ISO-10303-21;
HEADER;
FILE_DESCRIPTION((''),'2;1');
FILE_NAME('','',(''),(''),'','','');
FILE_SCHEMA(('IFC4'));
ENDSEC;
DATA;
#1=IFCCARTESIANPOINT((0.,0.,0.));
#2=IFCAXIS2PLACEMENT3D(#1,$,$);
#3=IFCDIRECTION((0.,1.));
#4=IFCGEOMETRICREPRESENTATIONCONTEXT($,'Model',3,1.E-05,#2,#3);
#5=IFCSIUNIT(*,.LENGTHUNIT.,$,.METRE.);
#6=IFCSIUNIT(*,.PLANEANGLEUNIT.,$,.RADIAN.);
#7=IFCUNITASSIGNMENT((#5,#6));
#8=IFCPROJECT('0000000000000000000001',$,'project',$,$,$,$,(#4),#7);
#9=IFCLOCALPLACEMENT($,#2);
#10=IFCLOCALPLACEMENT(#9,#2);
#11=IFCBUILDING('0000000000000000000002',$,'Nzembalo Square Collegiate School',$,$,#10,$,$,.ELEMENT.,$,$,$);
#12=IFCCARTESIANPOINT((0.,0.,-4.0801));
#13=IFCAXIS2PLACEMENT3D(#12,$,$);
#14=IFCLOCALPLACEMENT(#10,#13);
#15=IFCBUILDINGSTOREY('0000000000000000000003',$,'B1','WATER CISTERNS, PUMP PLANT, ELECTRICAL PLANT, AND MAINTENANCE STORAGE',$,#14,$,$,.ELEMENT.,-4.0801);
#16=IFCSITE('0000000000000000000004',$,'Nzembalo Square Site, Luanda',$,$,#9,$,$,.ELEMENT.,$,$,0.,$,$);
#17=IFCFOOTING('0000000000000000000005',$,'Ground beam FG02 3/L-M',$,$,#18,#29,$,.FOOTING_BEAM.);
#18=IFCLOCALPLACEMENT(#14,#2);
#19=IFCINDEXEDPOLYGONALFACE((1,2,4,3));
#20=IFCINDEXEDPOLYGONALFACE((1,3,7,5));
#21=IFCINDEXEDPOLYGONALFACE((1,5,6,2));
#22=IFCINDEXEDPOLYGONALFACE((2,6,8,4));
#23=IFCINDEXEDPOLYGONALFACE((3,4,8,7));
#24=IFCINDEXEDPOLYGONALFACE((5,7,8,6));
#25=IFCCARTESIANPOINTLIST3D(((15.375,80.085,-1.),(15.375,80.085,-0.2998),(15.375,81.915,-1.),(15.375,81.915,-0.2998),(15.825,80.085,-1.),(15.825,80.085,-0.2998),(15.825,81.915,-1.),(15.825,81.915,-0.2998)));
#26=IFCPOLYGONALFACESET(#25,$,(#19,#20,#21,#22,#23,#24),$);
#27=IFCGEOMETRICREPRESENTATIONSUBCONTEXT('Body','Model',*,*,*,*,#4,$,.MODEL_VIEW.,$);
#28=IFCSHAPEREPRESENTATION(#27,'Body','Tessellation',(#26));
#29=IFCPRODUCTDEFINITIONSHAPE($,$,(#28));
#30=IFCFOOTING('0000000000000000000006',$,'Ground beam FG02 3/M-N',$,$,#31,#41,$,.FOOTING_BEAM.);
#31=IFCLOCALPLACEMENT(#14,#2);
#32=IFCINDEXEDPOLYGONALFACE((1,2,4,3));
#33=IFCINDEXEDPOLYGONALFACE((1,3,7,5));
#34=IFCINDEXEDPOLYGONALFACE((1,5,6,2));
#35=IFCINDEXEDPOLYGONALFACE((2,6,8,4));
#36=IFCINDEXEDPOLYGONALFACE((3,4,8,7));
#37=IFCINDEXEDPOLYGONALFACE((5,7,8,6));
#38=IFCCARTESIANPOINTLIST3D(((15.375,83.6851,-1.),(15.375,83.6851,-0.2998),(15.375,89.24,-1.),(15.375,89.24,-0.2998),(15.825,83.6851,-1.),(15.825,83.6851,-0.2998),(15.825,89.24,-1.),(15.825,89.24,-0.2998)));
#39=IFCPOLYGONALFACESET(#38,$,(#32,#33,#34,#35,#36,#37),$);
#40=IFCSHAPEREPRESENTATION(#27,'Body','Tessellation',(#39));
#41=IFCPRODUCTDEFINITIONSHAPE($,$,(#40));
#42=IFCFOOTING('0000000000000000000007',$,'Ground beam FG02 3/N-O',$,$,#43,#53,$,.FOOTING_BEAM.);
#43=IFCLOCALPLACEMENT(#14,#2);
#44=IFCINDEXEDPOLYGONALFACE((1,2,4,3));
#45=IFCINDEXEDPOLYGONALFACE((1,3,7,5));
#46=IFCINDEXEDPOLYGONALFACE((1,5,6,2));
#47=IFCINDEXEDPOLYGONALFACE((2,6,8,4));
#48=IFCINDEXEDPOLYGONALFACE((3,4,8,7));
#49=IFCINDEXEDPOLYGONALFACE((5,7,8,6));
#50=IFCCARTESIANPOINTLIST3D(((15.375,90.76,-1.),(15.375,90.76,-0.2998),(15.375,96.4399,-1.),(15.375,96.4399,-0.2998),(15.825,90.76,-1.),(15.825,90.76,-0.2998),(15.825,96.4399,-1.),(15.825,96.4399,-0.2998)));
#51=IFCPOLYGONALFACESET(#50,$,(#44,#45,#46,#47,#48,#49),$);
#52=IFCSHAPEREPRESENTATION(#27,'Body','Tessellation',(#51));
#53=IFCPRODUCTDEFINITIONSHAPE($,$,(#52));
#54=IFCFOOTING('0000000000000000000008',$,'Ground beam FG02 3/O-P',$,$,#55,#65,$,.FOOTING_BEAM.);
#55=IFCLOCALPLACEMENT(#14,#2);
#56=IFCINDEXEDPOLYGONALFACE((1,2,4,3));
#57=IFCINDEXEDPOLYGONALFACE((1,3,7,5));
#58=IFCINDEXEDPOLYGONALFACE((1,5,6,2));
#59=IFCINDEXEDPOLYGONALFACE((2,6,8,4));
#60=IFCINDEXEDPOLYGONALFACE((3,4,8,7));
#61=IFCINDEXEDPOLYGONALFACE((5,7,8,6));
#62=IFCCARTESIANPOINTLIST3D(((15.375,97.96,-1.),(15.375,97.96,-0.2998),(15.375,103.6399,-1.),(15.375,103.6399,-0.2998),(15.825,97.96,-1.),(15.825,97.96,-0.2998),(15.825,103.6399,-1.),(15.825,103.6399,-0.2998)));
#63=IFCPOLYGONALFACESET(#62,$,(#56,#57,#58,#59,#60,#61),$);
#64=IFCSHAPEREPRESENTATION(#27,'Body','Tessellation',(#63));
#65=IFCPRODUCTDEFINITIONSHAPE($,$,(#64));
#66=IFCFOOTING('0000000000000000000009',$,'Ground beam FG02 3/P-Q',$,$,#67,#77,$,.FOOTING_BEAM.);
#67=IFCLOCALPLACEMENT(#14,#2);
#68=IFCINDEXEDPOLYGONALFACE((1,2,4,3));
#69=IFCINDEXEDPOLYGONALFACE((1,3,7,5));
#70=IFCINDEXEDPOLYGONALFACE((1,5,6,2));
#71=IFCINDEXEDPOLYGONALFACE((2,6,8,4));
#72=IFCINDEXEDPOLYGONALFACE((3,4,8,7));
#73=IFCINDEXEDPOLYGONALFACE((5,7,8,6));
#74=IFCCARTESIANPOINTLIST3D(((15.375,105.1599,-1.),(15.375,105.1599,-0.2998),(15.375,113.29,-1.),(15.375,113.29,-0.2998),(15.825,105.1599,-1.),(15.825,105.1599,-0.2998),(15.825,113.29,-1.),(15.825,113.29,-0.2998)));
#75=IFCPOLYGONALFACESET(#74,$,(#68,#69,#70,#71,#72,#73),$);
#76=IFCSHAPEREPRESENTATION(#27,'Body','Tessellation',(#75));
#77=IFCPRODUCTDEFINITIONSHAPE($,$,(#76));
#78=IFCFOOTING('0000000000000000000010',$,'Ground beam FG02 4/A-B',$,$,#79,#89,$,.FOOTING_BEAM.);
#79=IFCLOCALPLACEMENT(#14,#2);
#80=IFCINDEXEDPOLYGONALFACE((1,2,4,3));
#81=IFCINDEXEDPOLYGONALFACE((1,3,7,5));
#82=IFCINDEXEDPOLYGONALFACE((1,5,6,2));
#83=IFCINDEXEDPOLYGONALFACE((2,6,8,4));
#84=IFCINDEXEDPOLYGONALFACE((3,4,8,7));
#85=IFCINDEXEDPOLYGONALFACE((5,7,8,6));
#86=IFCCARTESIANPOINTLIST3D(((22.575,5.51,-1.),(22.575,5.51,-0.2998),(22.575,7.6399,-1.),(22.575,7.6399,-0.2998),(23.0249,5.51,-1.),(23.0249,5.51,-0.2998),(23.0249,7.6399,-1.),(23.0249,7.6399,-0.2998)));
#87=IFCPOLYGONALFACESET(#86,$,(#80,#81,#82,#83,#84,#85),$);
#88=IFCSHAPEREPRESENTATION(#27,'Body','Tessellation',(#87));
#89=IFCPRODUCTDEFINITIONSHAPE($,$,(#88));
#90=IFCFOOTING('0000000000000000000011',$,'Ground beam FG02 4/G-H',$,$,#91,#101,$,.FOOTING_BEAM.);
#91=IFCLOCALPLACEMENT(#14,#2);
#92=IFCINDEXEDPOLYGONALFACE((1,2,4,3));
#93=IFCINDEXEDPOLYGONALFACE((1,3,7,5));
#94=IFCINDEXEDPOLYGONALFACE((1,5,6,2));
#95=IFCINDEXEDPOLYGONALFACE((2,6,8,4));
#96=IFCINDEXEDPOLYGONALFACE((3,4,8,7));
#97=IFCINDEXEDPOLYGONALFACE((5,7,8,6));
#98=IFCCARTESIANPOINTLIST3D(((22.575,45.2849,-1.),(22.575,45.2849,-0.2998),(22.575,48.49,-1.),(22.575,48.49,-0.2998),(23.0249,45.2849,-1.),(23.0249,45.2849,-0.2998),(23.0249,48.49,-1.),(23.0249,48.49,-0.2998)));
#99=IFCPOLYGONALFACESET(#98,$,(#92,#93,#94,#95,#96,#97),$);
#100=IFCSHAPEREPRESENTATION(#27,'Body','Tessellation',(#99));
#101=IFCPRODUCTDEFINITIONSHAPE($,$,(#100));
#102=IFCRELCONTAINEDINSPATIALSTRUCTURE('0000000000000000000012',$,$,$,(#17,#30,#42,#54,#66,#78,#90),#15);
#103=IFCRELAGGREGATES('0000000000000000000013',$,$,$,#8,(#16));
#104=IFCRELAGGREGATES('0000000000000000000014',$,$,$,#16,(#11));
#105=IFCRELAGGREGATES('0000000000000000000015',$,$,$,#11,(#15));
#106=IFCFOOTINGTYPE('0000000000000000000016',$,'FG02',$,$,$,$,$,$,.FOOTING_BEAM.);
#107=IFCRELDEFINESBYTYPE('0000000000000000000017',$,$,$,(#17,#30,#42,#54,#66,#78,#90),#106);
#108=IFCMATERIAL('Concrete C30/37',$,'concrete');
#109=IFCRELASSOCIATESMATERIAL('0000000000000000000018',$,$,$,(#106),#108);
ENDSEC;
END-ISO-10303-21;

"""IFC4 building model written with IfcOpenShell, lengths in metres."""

from ifc_helpers import new_model, si_unit, direction, frame, origin, place, context, subcontext, project, spatial, polyline, outline, extrude, material, type_object, element, save


model = new_model("IFC4")

# Units and contexts
model_context = context("Model", 3, precision=1e-05, world=origin(), true_north=direction((0.0, 1.0)))
body_context = subcontext(model_context, "Body", "Model", "MODEL_VIEW")
ifc_project = project(units=[si_unit("LENGTHUNIT", "METRE"), si_unit("PLANEANGLEUNIT", "RADIAN")], contexts=[model_context])

# Site, building, storey
site_placement = place(None, origin())
site = spatial("IfcSite", under=ifc_project, at=site_placement, Name="Nzembalo Square Site, Luanda", CompositionType="ELEMENT", RefElevation=0.0)
building_placement = place(site_placement, origin())
building = spatial("IfcBuilding", under=site, at=building_placement, Name="Nzembalo Square Collegiate School", CompositionType="ELEMENT")
storey_placement = place(building_placement, frame((0.0, 0.0, -4.0801)))
storey = spatial("IfcBuildingStorey", under=building, at=storey_placement, Name="B1", Description="WATER CISTERNS, PUMP PLANT, ELECTRICAL PLANT, AND MAINTENANCE STORAGE", CompositionType="ELEMENT", Elevation=-4.0801)

# Footings
ifc_material = material(Name="Concrete C30/37", Category="concrete")
footing_type = type_object("IfcFootingType", Name="FG02", PredefinedType="FOOTING_BEAM", material=ifc_material)
footing_1_placement = place(storey_placement, frame((0.0, 0.0, -1.0)))
element("IfcFooting", 1, at=footing_1_placement, inside=storey, type_object=footing_type, Name="Ground beam FG02 3/L-M", PredefinedType="FOOTING_BEAM", context=body_context, shape_type="SweptSolid", body=[
    extrude(outline(polyline([(15.375, 80.085), (15.825, 80.085), (15.825, 81.915), (15.375, 81.915), (15.375, 80.085)])), origin(), (0.0, 0.0, 1.0), 0.7002),
])
footing_2_placement = place(storey_placement, frame((0.0, 0.0, -1.0)))
element("IfcFooting", 2, at=footing_2_placement, inside=storey, type_object=footing_type, Name="Ground beam FG02 3/M-N", PredefinedType="FOOTING_BEAM", context=body_context, shape_type="SweptSolid", body=[
    extrude(outline(polyline([(15.375, 83.6851), (15.825, 83.6851), (15.825, 89.24), (15.375, 89.24), (15.375, 83.6851)])), origin(), (0.0, 0.0, 1.0), 0.7002),
])
footing_3_placement = place(storey_placement, frame((0.0, 0.0, -1.0)))
element("IfcFooting", 3, at=footing_3_placement, inside=storey, type_object=footing_type, Name="Ground beam FG02 3/N-O", PredefinedType="FOOTING_BEAM", context=body_context, shape_type="SweptSolid", body=[
    extrude(outline(polyline([(15.375, 90.76), (15.825, 90.76), (15.825, 96.4399), (15.375, 96.4399), (15.375, 90.76)])), origin(), (0.0, 0.0, 1.0), 0.7002),
])
footing_4_placement = place(storey_placement, frame((0.0, 0.0, -1.0)))
element("IfcFooting", 4, at=footing_4_placement, inside=storey, type_object=footing_type, Name="Ground beam FG02 3/O-P", PredefinedType="FOOTING_BEAM", context=body_context, shape_type="SweptSolid", body=[
    extrude(outline(polyline([(15.375, 97.96), (15.825, 97.96), (15.825, 103.6399), (15.375, 103.6399), (15.375, 97.96)])), origin(), (0.0, 0.0, 1.0), 0.7002),
])
footing_5_placement = place(storey_placement, frame((0.0, 0.0, -1.0)))
element("IfcFooting", 5, at=footing_5_placement, inside=storey, type_object=footing_type, Name="Ground beam FG02 3/P-Q", PredefinedType="FOOTING_BEAM", context=body_context, shape_type="SweptSolid", body=[
    extrude(outline(polyline([(15.375, 105.1599), (15.825, 105.1599), (15.825, 113.29), (15.375, 113.29), (15.375, 105.1599)])), origin(), (0.0, 0.0, 1.0), 0.7002),
])
footing_6_placement = place(storey_placement, frame((0.0, 0.0, -1.0)))
element("IfcFooting", 6, at=footing_6_placement, inside=storey, type_object=footing_type, Name="Ground beam FG02 4/A-B", PredefinedType="FOOTING_BEAM", context=body_context, shape_type="SweptSolid", body=[
    extrude(outline(polyline([(22.575, 5.51), (23.0249, 5.51), (23.0249, 7.6399), (22.575, 7.6399), (22.575, 5.51)])), origin(), (0.0, 0.0, 1.0), 0.7002),
])
footing_7_placement = place(storey_placement, frame((0.0, 0.0, -1.0)))
element("IfcFooting", 7, at=footing_7_placement, inside=storey, type_object=footing_type, Name="Ground beam FG02 4/G-H", PredefinedType="FOOTING_BEAM", context=body_context, shape_type="SweptSolid", body=[
    extrude(outline(polyline([(22.575, 45.2849), (23.0249, 45.2849), (23.0249, 48.49), (22.575, 48.49), (22.575, 45.2849)])), origin(), (0.0, 0.0, 1.0), 0.7002),
])

save(model, "model.ifc")
